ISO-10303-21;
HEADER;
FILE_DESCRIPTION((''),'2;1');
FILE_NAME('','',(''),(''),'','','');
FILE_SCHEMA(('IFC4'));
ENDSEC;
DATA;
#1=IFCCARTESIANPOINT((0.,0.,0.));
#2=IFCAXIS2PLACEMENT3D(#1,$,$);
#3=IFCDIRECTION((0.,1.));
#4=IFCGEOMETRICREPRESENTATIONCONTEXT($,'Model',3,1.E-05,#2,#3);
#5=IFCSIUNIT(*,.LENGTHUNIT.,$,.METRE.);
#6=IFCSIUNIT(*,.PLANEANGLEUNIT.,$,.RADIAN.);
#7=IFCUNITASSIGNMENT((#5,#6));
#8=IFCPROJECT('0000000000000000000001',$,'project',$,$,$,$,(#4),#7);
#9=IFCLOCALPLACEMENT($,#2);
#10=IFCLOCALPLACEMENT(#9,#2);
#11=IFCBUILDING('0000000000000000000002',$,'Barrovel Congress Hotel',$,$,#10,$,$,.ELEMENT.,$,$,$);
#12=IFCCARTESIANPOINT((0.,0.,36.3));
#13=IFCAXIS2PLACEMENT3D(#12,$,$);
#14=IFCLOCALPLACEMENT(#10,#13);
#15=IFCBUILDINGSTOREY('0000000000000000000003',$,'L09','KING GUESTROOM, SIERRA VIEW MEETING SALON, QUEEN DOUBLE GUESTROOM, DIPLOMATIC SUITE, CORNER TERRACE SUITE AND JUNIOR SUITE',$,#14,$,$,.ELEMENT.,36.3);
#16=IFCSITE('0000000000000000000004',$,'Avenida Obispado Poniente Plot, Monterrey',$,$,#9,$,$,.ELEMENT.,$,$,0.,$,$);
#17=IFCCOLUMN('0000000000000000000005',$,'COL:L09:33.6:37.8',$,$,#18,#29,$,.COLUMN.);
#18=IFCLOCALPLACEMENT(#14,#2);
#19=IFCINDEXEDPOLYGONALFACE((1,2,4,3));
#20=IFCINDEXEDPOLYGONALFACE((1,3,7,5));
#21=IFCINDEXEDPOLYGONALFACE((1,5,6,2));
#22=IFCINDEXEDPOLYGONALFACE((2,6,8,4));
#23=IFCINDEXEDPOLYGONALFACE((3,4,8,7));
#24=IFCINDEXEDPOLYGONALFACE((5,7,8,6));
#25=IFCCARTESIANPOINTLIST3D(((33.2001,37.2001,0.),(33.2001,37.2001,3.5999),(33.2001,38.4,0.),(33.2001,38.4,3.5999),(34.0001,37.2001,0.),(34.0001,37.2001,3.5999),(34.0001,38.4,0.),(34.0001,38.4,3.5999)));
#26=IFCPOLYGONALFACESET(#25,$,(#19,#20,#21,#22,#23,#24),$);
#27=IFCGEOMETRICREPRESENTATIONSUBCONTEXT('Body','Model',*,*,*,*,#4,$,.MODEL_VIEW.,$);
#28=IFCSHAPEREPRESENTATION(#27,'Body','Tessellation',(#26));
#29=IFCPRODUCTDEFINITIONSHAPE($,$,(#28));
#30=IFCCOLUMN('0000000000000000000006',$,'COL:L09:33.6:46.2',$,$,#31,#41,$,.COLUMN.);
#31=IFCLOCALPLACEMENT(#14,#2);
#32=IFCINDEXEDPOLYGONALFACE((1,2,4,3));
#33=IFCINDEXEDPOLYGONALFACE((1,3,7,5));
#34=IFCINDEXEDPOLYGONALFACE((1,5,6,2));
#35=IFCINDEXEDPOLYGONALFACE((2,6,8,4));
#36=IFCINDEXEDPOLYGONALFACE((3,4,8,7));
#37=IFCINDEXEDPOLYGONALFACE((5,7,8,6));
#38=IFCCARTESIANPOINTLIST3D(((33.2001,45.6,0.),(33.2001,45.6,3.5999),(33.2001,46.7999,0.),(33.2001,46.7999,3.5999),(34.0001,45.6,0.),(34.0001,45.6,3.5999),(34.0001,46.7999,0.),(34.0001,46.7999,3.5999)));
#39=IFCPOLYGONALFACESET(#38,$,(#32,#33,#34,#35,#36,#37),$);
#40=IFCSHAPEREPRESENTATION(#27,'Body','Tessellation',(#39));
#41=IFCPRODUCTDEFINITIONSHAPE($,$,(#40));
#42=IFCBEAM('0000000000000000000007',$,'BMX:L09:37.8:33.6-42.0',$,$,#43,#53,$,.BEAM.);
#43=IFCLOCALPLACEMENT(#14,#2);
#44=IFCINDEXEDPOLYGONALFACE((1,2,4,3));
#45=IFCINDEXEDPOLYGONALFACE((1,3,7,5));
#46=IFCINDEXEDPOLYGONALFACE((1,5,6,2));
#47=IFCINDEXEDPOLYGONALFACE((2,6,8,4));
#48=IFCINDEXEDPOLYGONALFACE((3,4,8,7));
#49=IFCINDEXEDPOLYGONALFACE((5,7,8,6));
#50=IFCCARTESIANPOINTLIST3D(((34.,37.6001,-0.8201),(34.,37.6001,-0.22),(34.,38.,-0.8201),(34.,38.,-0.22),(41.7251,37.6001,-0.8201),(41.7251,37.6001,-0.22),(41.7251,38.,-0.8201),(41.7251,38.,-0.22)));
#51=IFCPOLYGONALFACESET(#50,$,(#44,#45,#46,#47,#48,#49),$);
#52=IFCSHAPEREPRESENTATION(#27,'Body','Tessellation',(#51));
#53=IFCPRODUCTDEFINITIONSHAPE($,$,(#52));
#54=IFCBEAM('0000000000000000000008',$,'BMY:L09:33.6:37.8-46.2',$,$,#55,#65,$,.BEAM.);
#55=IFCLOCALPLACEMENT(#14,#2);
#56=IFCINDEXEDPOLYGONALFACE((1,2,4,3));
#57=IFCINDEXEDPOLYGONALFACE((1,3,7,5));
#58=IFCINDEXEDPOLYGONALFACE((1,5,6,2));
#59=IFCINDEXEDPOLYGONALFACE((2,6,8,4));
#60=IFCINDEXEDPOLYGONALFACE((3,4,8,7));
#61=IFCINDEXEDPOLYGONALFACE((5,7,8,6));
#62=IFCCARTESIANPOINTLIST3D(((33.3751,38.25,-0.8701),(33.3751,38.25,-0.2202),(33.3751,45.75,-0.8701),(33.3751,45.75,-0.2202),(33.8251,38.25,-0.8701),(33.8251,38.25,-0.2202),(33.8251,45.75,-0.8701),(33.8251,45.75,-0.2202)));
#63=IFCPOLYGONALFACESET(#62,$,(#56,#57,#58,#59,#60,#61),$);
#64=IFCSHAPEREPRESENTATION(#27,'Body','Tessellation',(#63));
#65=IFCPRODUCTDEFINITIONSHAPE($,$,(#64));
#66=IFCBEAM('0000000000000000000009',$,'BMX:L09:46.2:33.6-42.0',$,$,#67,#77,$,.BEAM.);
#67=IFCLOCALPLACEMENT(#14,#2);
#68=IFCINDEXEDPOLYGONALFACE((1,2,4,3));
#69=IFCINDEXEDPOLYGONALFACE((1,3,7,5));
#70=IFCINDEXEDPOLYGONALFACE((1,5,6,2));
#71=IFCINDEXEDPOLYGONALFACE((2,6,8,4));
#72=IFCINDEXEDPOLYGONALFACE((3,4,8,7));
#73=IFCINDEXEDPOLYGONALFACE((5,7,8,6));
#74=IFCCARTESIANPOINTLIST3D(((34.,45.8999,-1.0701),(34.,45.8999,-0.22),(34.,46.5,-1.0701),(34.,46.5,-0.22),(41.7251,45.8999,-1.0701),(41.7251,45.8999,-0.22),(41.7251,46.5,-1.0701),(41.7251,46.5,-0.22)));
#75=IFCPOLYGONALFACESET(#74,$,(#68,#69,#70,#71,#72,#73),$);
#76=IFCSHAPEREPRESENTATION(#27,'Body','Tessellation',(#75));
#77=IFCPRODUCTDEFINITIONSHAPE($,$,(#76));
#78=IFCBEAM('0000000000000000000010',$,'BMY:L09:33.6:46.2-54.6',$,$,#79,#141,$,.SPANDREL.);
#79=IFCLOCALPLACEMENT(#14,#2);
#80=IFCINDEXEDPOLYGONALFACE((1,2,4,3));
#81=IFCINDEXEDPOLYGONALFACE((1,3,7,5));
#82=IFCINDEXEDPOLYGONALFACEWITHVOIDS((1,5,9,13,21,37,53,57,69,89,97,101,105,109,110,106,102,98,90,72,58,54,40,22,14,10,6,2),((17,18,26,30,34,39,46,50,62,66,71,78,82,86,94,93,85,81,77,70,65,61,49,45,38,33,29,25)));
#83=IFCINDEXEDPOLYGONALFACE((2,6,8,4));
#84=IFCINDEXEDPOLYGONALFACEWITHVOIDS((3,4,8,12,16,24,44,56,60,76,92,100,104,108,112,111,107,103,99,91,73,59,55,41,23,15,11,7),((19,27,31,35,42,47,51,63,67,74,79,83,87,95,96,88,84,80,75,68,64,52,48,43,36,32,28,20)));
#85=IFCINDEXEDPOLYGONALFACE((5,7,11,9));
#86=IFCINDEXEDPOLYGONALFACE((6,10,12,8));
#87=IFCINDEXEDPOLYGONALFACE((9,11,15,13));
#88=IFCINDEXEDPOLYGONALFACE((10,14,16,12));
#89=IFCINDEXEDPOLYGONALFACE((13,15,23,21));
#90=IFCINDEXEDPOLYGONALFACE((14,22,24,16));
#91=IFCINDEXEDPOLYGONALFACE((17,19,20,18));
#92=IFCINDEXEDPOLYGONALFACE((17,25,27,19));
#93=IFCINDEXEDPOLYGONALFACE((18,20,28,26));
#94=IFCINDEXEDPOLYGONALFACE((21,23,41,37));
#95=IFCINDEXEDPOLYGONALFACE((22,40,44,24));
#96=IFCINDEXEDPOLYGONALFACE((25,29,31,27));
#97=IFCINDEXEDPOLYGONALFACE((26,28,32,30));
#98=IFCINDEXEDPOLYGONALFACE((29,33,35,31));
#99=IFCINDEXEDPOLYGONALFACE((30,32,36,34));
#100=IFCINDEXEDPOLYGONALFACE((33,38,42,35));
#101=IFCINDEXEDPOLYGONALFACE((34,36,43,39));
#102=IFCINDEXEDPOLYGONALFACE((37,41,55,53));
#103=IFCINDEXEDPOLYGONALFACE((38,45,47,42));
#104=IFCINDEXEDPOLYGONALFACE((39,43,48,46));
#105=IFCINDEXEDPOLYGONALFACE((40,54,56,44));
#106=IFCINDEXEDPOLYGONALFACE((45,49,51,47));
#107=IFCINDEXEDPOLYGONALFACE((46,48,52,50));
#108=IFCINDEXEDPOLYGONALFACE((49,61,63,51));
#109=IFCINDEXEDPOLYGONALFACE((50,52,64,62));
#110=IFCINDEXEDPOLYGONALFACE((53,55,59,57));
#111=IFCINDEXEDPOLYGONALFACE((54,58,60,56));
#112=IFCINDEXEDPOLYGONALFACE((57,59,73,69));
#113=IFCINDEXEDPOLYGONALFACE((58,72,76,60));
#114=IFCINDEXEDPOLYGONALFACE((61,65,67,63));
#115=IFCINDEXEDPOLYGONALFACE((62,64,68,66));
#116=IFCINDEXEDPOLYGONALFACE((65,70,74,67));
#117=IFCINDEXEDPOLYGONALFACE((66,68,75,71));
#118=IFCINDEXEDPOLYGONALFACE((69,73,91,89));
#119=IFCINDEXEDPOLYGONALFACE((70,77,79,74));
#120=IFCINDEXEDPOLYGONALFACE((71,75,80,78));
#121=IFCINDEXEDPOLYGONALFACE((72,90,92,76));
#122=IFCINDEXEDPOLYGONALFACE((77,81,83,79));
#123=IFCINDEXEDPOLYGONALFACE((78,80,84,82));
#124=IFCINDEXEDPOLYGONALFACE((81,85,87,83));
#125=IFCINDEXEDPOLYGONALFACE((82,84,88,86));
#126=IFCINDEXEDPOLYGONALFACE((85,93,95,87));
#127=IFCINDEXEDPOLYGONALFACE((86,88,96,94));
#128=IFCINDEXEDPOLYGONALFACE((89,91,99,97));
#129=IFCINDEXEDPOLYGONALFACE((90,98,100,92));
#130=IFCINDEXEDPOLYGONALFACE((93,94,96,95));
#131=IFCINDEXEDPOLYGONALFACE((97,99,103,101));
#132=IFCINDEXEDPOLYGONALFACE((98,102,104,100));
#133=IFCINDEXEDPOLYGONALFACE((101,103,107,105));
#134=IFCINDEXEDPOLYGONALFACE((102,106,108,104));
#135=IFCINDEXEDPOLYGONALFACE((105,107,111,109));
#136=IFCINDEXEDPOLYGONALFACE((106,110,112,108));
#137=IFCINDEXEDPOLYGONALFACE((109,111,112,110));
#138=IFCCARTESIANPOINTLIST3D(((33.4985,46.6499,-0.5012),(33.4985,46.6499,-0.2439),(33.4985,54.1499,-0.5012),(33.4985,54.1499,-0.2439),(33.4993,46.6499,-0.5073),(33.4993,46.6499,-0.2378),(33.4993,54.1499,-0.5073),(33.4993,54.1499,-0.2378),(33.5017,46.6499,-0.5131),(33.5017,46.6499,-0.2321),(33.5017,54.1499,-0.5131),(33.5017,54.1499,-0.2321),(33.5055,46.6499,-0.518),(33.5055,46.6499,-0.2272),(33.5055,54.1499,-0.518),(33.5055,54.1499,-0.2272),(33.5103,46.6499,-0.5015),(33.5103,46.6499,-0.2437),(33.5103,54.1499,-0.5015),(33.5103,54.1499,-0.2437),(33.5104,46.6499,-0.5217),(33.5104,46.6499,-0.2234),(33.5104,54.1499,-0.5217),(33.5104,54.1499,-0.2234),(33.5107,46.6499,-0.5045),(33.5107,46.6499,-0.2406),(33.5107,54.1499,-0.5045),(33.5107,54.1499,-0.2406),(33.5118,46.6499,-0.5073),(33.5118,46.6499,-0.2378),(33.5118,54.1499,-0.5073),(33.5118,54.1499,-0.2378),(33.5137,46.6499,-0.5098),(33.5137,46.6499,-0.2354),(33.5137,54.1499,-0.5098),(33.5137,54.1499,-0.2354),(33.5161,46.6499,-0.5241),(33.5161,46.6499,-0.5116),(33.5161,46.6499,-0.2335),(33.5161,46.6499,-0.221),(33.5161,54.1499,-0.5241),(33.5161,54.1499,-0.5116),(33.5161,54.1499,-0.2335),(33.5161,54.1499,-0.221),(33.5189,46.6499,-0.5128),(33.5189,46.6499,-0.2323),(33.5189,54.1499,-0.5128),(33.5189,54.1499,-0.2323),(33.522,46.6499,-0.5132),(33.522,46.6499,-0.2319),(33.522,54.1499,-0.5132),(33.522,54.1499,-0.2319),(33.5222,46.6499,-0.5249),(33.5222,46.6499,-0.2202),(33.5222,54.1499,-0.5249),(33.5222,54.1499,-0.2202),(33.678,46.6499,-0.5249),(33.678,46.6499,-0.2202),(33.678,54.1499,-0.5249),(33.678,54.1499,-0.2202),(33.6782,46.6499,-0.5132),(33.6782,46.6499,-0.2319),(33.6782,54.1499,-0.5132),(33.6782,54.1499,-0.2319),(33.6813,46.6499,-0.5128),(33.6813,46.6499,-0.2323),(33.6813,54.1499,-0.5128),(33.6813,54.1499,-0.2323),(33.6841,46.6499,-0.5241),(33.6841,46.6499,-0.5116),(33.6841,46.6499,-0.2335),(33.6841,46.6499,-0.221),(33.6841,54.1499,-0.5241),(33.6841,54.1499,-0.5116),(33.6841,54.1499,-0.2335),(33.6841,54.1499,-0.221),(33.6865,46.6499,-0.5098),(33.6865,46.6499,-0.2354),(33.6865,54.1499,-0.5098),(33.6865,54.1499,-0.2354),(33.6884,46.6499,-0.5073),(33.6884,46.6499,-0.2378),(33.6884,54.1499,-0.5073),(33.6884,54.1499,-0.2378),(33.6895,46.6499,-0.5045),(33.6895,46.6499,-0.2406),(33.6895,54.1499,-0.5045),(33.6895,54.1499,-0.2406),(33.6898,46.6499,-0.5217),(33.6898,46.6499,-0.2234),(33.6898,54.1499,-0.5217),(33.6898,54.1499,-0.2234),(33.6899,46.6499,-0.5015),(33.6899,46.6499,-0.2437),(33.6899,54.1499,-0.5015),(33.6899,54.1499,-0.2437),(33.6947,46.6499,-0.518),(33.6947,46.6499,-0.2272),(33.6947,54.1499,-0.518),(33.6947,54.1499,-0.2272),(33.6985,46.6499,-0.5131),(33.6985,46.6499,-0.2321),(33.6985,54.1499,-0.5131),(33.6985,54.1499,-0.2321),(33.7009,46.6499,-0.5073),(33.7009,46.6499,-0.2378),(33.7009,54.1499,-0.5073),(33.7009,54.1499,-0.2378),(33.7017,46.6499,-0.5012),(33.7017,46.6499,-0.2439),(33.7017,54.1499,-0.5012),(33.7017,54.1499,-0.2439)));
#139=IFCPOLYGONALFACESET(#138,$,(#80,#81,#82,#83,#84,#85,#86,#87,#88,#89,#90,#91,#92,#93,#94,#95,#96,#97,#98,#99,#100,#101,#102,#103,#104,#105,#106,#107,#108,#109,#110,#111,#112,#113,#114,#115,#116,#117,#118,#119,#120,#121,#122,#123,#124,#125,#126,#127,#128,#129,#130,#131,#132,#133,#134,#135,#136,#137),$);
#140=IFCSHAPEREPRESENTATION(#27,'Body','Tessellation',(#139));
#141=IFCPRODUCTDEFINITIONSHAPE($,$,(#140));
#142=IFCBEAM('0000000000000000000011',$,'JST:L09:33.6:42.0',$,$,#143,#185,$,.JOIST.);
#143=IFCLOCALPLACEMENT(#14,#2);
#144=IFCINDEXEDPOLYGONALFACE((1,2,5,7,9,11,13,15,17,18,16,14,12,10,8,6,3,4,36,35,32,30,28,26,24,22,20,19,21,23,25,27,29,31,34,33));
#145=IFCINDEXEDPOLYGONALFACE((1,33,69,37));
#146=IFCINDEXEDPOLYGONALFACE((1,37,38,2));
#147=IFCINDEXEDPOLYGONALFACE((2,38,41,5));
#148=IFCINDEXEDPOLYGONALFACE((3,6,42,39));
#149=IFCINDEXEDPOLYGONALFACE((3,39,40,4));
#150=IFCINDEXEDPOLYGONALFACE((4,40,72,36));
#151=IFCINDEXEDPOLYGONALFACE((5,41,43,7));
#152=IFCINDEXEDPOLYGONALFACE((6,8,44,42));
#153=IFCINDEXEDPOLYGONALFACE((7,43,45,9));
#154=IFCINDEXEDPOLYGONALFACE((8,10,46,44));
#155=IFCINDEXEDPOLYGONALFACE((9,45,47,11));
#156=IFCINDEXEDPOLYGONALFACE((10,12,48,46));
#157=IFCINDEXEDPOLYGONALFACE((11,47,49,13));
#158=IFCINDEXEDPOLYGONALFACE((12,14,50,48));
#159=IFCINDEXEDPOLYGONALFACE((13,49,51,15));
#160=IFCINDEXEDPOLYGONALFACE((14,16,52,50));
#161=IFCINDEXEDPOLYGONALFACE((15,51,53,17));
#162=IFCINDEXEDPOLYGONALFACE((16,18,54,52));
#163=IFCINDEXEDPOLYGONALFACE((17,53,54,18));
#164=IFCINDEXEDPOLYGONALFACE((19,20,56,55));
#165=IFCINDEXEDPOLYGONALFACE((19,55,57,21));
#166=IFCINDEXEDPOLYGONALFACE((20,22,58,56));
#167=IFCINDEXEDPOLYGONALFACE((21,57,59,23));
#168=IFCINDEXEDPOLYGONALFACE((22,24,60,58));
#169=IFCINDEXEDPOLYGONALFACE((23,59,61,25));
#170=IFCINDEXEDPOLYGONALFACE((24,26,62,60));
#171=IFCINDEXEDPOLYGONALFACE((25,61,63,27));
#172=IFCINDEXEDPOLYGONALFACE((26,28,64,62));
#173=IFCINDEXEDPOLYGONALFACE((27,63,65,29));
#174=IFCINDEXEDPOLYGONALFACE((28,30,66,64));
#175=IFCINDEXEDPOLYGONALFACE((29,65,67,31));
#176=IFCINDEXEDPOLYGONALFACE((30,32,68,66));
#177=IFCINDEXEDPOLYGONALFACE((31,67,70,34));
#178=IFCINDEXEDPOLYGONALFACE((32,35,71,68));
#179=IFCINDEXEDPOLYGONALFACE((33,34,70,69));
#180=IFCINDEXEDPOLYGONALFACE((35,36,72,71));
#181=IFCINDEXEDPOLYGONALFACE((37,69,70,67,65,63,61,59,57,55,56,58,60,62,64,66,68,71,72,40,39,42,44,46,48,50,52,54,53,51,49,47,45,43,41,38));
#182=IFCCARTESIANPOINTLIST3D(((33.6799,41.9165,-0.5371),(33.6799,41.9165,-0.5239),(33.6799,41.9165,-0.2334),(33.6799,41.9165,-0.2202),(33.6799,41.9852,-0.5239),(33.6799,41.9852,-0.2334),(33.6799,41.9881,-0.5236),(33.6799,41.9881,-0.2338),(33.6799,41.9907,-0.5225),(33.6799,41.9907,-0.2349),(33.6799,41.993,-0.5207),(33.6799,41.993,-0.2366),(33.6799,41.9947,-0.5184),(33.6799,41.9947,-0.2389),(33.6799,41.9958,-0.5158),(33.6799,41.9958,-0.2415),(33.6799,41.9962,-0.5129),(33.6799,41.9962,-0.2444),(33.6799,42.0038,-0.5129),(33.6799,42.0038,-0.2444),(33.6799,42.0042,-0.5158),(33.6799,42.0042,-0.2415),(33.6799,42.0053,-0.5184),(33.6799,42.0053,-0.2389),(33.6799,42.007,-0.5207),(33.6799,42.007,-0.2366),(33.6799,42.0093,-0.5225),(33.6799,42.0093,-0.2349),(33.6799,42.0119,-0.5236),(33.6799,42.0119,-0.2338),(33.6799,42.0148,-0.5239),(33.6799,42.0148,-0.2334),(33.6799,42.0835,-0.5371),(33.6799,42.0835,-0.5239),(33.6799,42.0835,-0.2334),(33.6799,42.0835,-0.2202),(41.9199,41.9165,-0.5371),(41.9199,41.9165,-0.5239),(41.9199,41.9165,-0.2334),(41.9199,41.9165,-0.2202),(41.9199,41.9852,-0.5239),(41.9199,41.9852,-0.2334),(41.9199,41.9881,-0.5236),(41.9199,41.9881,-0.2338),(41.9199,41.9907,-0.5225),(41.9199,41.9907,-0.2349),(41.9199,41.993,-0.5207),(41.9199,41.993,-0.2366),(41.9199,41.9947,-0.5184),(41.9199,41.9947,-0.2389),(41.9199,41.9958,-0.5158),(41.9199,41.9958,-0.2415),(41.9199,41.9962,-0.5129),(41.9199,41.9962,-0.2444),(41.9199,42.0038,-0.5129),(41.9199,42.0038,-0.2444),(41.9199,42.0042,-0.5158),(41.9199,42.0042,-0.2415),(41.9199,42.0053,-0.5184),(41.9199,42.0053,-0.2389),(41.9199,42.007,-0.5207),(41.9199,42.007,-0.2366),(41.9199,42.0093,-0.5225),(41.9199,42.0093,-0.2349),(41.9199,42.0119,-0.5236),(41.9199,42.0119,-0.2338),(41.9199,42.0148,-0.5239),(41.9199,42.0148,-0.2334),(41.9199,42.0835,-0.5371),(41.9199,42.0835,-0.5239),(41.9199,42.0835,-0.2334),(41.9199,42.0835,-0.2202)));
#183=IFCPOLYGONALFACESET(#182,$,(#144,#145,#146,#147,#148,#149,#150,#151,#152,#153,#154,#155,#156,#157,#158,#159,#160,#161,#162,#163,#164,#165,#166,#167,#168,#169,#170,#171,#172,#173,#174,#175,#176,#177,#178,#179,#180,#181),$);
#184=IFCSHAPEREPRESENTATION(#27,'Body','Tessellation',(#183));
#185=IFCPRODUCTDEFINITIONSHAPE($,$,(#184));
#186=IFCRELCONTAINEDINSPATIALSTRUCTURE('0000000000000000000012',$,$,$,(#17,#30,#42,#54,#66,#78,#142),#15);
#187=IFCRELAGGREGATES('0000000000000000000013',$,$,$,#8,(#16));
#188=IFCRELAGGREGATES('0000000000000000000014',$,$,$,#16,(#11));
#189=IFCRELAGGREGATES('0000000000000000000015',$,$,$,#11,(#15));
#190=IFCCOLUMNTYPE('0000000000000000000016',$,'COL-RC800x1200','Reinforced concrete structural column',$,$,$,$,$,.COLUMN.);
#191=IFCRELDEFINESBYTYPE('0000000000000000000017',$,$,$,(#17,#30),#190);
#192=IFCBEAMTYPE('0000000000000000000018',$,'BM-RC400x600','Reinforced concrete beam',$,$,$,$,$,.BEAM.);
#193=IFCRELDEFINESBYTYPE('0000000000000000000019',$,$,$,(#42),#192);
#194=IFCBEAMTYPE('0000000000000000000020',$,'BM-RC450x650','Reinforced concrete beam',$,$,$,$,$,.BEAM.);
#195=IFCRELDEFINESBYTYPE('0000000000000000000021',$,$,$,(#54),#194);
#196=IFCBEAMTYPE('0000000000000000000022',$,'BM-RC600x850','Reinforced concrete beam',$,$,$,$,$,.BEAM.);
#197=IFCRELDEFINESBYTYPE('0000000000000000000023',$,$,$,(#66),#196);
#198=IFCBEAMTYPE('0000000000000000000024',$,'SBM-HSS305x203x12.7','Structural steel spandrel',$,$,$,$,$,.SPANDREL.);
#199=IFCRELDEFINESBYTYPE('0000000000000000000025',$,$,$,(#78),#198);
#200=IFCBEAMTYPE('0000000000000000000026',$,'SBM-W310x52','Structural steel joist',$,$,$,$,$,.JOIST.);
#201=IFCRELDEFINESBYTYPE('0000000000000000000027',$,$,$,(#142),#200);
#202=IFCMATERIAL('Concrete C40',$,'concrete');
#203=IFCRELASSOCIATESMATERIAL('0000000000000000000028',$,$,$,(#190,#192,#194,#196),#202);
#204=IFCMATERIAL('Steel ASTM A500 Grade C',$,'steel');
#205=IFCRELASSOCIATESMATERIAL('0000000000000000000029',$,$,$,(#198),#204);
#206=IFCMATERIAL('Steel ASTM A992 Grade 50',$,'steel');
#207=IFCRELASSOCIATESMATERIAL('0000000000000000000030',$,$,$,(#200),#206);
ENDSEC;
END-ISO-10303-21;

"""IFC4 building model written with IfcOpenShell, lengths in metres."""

from ifc_helpers import new_model, si_unit, direction, frame, origin, origin_2d, place, context, subcontext, project, spatial, rectangle, hollow_rectangle, i_section, extrude, material, material_profile, profile_set, type_object, element, save


model = new_model("IFC4")

# Units and contexts
model_context = context("Model", 3, precision=1e-05, world=origin(), true_north=direction((0.0, 1.0)))
body_context = subcontext(model_context, "Body", "Model", "MODEL_VIEW")
ifc_project = project(units=[si_unit("LENGTHUNIT", "METRE"), si_unit("PLANEANGLEUNIT", "RADIAN")], contexts=[model_context])

# Site, building, storey
site_placement = place(None, origin())
site = spatial("IfcSite", under=ifc_project, at=site_placement, Name="Avenida Obispado Poniente Plot, Monterrey", CompositionType="ELEMENT", RefElevation=0.0)
building_placement = place(site_placement, origin())
building = spatial("IfcBuilding", under=site, at=building_placement, Name="Barrovel Congress Hotel", CompositionType="ELEMENT")
storey_placement = place(building_placement, frame((0.0, 0.0, 36.3)))
storey = spatial("IfcBuildingStorey", under=building, at=storey_placement, Name="L09", Description="KING GUESTROOM, SIERRA VIEW MEETING SALON, QUEEN DOUBLE GUESTROOM, DIPLOMATIC SUITE, CORNER TERRACE SUITE AND JUNIOR SUITE", CompositionType="ELEMENT", Elevation=36.3)

# Columns
ifc_material_1 = material(Name="Concrete C40", Category="concrete")
ifc_material_profile_1 = material_profile(ifc_material_1, rectangle(XDim=0.8, YDim=1.2, at=origin_2d()), Name="RC800x1200")
ifc_profile_set_1 = profile_set([ifc_material_profile_1], Name="Concrete C40")
column_type = type_object("IfcColumnType", Name="COL-RC800x1200", Description="Reinforced concrete structural column", PredefinedType="COLUMN", material=ifc_profile_set_1)
for number, where, z_axis, x_axis, name in (
    (1, (33.6001, 37.8, 0.0), (0.0, 0.0, 1.0), (1.0, 0.0, 0.0), "COL:L09:33.6:37.8"),
    (2, (33.6001, 46.2, 0.0), (0.0, 0.0, 1.0), (1.0, 0.0, 0.0), "COL:L09:33.6:46.2"),
):
    element("IfcColumn", number, at=place(storey_placement, frame(where, z_axis=z_axis, x_axis=x_axis)), inside=storey, type_object=column_type, Name=name, PredefinedType="COLUMN", context=body_context, shape_type="SweptSolid", body=[
        extrude(rectangle(XDim=0.8, YDim=1.2, at=origin_2d()), origin(), (0.0, 0.0, 1.0), 3.5999),
    ])

# Beams
ifc_material_profile_2 = material_profile(ifc_material_1, rectangle(XDim=0.3999, YDim=0.6001, at=origin_2d()), Name="RC400x600")
ifc_profile_set_2 = profile_set([ifc_material_profile_2], Name="Concrete C40")
beam_type_1 = type_object("IfcBeamType", Name="BM-RC400x600", Description="Reinforced concrete beam", PredefinedType="BEAM", material=ifc_profile_set_2)
beam_1_placement = place(storey_placement, frame((34.0, 37.8, -0.52), z_axis=(1.0, 0.0, 0.0), x_axis=(0.0, 1.0, 0.0)))
element("IfcBeam", 3, at=beam_1_placement, inside=storey, type_object=beam_type_1, Name="BMX:L09:37.8:33.6-42.0", PredefinedType="BEAM", context=body_context, shape_type="SweptSolid", body=[
    extrude(rectangle(XDim=0.3999, YDim=0.6001, at=origin_2d()), origin(), (0.0, 0.0, 1.0), 7.7251),
])
ifc_material_profile_3 = material_profile(ifc_material_1, rectangle(XDim=0.45, YDim=0.6499, at=origin_2d()), Name="RC450x650")
ifc_profile_set_3 = profile_set([ifc_material_profile_3], Name="Concrete C40")
beam_type_2 = type_object("IfcBeamType", Name="BM-RC450x650", Description="Reinforced concrete beam", PredefinedType="BEAM", material=ifc_profile_set_3)
beam_2_placement = place(storey_placement, frame((33.6001, 38.25, -0.5452), z_axis=(0.0, 1.0, 0.0), x_axis=(-1.0, 0.0, 0.0)))
element("IfcBeam", 4, at=beam_2_placement, inside=storey, type_object=beam_type_2, Name="BMY:L09:33.6:37.8-46.2", PredefinedType="BEAM", context=body_context, shape_type="SweptSolid", body=[
    extrude(rectangle(XDim=0.45, YDim=0.6499, at=origin_2d()), origin(), (0.0, 0.0, 1.0), 7.5),
])
ifc_material_profile_4 = material_profile(ifc_material_1, rectangle(XDim=0.6001, YDim=0.8501, at=origin_2d()), Name="RC600x850")
ifc_profile_set_4 = profile_set([ifc_material_profile_4], Name="Concrete C40")
beam_type_3 = type_object("IfcBeamType", Name="BM-RC600x850", Description="Reinforced concrete beam", PredefinedType="BEAM", material=ifc_profile_set_4)
beam_3_placement = place(storey_placement, frame((34.0, 46.2, -0.645), z_axis=(1.0, 0.0, 0.0), x_axis=(0.0, 1.0, 0.0)))
element("IfcBeam", 5, at=beam_3_placement, inside=storey, type_object=beam_type_3, Name="BMX:L09:46.2:33.6-42.0", PredefinedType="BEAM", context=body_context, shape_type="SweptSolid", body=[
    extrude(rectangle(XDim=0.6001, YDim=0.8501, at=origin_2d()), origin(), (0.0, 0.0, 1.0), 7.7251),
])
ifc_material_2 = material(Name="Steel ASTM A500 Grade C", Category="steel")
ifc_material_profile_5 = material_profile(ifc_material_2, hollow_rectangle(XDim=0.2031, YDim=0.3047, WallThickness=0.0117, InnerFilletRadius=0.0117, OuterFilletRadius=0.0237, at=origin_2d()), Name="HSS305x203x12.7")
ifc_profile_set_5 = profile_set([ifc_material_profile_5], Name="Steel ASTM A500 Grade C")
beam_type_4 = type_object("IfcBeamType", Name="SBM-HSS305x203x12.7", Description="Structural steel spandrel", PredefinedType="SPANDREL", material=ifc_profile_set_5)
beam_4_placement = place(storey_placement, frame((33.6001, 46.6499, -0.3726), z_axis=(0.0, 1.0, 0.0), x_axis=(-1.0, 0.0, 0.0)))
element("IfcBeam", 6, at=beam_4_placement, inside=storey, type_object=beam_type_4, Name="BMY:L09:33.6:46.2-54.6", PredefinedType="SPANDREL", context=body_context, shape_type="SweptSolid", body=[
    extrude(hollow_rectangle(XDim=0.2031, YDim=0.3047, WallThickness=0.0117, InnerFilletRadius=0.0117, OuterFilletRadius=0.0237, at=origin_2d()), origin(), (0.0, 0.0, 1.0), 7.5),
])
ifc_material_3 = material(Name="Steel ASTM A992 Grade 50", Category="steel")
ifc_material_profile_6 = material_profile(ifc_material_3, i_section(OverallWidth=0.167, OverallDepth=0.3169, WebThickness=0.0076, FlangeThickness=0.0132, FilletRadius=0.011, at=origin_2d()), Name="W310x52")
ifc_profile_set_6 = profile_set([ifc_material_profile_6], Name="Steel ASTM A992 Grade 50")
beam_type_5 = type_object("IfcBeamType", Name="SBM-W310x52", Description="Structural steel joist", PredefinedType="JOIST", material=ifc_profile_set_6)
beam_5_placement = place(storey_placement, frame((33.6799, 42.0, -0.3787), z_axis=(1.0, 0.0, 0.0), x_axis=(0.0, 1.0, 0.0)))
element("IfcBeam", 7, at=beam_5_placement, inside=storey, type_object=beam_type_5, Name="JST:L09:33.6:42.0", PredefinedType="JOIST", context=body_context, shape_type="SweptSolid", body=[
    extrude(i_section(OverallWidth=0.167, OverallDepth=0.3169, WebThickness=0.0076, FlangeThickness=0.0132, FilletRadius=0.011, at=origin_2d()), origin(), (0.0, 0.0, 1.0), 8.24),
])

save(model, "model.ifc")
